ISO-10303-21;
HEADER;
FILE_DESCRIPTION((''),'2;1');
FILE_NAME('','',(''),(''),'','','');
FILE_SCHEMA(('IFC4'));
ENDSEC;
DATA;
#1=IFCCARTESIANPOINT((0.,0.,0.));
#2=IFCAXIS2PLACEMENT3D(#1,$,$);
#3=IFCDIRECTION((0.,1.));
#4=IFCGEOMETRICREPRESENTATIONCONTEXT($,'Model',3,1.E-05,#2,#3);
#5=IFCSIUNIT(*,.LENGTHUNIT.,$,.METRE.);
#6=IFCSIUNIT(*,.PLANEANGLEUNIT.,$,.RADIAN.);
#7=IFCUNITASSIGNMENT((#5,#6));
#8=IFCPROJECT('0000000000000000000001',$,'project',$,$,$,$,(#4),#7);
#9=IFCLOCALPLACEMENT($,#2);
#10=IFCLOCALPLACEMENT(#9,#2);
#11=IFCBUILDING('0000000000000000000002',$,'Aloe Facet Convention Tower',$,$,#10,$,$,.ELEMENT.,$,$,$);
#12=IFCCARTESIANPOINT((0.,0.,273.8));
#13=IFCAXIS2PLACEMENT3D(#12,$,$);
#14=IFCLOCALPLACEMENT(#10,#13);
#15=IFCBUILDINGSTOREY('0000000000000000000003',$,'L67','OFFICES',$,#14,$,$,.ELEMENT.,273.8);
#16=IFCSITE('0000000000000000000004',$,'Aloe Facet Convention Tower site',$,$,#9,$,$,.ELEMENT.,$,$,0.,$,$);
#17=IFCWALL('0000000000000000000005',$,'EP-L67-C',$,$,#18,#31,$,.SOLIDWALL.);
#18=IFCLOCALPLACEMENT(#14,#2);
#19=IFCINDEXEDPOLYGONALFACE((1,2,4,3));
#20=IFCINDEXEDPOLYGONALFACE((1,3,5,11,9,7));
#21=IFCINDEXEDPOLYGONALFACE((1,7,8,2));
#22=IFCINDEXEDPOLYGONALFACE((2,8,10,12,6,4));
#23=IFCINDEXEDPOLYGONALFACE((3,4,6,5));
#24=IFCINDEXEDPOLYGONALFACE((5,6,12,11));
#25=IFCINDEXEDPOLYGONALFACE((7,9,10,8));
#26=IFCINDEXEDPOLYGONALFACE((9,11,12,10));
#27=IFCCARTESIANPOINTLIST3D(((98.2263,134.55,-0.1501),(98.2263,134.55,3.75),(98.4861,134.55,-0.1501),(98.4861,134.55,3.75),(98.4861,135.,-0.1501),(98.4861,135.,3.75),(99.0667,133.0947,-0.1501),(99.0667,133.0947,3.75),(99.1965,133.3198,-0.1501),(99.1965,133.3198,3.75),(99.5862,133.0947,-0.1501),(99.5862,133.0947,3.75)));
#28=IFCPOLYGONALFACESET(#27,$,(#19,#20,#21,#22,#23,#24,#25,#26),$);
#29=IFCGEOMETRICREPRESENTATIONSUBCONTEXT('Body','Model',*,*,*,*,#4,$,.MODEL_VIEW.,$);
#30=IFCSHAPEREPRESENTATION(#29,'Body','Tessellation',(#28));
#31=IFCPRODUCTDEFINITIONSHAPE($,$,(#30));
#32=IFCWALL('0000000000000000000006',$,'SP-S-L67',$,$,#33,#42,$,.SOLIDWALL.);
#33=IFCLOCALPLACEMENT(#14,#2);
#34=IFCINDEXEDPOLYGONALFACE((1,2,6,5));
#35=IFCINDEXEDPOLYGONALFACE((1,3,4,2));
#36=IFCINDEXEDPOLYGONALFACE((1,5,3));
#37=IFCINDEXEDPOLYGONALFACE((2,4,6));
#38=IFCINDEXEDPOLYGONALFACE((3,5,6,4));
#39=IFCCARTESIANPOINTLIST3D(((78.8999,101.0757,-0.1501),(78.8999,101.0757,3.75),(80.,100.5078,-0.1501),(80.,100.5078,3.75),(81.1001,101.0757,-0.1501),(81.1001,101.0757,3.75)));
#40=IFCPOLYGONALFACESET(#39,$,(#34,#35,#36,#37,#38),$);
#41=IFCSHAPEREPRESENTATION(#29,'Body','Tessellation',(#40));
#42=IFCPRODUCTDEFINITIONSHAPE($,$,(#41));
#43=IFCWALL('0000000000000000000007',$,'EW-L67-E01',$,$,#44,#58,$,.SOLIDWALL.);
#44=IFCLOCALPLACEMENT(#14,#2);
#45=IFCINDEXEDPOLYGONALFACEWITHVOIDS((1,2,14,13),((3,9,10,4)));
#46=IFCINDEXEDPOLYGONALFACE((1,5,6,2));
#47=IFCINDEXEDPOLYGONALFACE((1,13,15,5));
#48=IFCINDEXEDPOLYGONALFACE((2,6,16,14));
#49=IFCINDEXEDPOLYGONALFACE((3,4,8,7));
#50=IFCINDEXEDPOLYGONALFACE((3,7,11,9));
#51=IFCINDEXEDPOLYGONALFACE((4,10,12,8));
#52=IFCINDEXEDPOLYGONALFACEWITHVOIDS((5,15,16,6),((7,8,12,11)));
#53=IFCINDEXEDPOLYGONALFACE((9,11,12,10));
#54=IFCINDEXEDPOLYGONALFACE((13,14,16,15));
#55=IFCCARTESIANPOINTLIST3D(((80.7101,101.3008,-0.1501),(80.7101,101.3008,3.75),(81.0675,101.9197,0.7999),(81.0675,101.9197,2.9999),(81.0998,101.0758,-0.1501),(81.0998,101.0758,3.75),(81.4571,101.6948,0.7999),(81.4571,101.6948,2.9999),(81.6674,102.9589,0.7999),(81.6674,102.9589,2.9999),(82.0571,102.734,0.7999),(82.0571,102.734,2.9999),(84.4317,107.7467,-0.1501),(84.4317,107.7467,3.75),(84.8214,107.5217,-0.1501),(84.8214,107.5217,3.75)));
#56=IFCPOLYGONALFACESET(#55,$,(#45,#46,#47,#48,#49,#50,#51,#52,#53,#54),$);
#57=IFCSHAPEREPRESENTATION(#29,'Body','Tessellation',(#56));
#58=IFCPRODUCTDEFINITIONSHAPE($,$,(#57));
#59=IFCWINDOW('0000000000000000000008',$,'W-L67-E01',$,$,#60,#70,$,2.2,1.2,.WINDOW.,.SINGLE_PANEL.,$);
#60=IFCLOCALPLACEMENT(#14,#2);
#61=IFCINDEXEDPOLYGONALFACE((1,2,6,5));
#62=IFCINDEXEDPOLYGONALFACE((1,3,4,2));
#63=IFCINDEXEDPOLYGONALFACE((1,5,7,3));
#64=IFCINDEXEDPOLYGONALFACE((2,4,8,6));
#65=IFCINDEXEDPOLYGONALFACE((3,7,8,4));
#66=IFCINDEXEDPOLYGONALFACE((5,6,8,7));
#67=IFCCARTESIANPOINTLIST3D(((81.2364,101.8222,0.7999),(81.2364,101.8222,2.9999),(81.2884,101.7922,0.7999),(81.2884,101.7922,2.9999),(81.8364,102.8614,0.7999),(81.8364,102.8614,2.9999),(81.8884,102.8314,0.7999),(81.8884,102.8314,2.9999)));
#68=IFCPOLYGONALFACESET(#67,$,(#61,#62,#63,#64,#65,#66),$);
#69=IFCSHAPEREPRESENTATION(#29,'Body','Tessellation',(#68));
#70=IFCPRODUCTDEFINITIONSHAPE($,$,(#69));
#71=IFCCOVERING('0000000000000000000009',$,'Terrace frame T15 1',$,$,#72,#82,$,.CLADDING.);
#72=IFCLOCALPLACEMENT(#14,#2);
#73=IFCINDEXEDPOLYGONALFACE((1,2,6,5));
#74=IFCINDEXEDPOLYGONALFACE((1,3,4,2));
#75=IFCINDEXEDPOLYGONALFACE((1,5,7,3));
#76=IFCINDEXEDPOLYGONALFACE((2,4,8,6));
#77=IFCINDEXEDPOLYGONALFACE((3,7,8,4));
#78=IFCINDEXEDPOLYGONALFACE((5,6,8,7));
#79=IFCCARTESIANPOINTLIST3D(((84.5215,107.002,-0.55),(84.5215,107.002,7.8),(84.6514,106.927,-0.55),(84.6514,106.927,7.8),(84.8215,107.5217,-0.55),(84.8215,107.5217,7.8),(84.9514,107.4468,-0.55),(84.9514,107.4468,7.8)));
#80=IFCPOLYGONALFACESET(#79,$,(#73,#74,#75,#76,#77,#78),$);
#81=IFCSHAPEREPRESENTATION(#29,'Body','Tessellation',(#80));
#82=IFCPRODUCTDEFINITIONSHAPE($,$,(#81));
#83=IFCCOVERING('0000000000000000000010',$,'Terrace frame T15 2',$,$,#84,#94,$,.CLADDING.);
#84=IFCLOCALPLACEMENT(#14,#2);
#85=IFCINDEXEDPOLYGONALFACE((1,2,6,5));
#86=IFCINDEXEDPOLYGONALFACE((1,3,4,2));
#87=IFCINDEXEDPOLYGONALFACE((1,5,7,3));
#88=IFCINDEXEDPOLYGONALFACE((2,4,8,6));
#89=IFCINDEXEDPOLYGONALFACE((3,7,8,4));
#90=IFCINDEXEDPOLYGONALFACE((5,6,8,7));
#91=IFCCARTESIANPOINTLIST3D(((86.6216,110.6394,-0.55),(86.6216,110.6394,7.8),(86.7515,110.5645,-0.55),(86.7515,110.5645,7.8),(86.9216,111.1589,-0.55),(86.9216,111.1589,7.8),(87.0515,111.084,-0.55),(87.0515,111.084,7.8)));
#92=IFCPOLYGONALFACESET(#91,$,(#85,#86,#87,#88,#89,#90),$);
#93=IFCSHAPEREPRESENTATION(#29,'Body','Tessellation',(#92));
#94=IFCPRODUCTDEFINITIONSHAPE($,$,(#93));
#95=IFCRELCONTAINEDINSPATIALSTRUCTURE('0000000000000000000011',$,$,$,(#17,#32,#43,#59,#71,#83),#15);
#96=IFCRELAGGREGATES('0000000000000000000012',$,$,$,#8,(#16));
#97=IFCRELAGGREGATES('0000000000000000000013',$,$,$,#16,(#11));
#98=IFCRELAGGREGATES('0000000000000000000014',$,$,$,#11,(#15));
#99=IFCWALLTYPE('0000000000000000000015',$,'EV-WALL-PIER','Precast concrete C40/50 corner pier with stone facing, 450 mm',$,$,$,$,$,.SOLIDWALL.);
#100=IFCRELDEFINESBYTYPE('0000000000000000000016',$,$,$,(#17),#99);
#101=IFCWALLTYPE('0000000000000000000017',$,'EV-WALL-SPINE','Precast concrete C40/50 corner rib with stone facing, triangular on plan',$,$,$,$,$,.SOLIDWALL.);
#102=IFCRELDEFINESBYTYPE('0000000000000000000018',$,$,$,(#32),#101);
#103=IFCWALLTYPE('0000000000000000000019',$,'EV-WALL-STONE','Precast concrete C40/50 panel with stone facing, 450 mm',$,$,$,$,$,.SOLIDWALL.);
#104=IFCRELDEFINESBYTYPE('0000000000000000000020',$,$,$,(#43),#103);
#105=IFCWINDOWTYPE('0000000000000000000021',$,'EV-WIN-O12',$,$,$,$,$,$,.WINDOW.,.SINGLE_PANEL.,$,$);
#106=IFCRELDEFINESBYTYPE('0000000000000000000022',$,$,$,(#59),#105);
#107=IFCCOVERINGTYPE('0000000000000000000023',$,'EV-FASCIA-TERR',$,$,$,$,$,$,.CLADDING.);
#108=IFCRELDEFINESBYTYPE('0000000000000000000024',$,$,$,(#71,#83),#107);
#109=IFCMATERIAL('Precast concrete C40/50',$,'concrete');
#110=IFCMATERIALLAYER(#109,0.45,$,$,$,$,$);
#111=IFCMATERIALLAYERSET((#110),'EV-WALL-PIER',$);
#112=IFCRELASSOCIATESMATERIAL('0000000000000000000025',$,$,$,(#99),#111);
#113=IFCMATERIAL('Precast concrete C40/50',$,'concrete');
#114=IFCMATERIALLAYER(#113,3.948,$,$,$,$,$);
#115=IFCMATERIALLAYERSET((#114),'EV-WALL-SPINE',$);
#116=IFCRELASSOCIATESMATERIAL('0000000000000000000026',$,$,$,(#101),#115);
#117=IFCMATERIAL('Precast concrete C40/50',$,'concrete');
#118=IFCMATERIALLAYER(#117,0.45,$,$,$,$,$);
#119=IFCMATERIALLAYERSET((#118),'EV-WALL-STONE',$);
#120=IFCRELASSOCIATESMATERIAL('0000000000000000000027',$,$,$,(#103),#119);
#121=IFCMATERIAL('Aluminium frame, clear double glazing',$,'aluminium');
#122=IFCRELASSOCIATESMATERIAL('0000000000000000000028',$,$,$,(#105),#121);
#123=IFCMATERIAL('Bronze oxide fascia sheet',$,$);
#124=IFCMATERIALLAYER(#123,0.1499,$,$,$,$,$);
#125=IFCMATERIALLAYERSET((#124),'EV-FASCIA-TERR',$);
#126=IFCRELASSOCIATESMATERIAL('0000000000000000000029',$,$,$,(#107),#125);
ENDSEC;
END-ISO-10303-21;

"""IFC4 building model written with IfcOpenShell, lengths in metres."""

from ifc_helpers import new_model, si_unit, direction, frame, frame_2d, origin, place, context, subcontext, project, spatial, polyline, rectangle, outline, extrude, material, layer, layer_set, type_object, element, fill, save


model = new_model("IFC4")

# Units and contexts
model_context = context("Model", 3, precision=1e-05, world=origin(), true_north=direction((0.0, 1.0)))
body_context = subcontext(model_context, "Body", "Model", "MODEL_VIEW")
ifc_project = project(units=[si_unit("LENGTHUNIT", "METRE"), si_unit("PLANEANGLEUNIT", "RADIAN")], contexts=[model_context])

# Site, building, storey
site_placement = place(None, origin())
site = spatial("IfcSite", under=ifc_project, at=site_placement, Name="Aloe Facet Convention Tower site", CompositionType="ELEMENT", RefElevation=0.0)
building_placement = place(site_placement, origin())
building = spatial("IfcBuilding", under=site, at=building_placement, Name="Aloe Facet Convention Tower", CompositionType="ELEMENT")
storey_placement = place(building_placement, frame((0.0, 0.0, 273.8)))
storey = spatial("IfcBuildingStorey", under=building, at=storey_placement, Name="L67", Description="OFFICES", CompositionType="ELEMENT", Elevation=273.8)

# Walls
ifc_material_1 = material(Name="Precast concrete C40/50", Category="concrete")
ifc_layer_1 = layer(ifc_material_1, 0.45)
ifc_layer_set_1 = layer_set([ifc_layer_1], Name="EV-WALL-PIER")
wall_type_1 = type_object("IfcWallType", Name="EV-WALL-PIER", Description="Precast concrete C40/50 corner pier with stone facing, 450 mm", PredefinedType="SOLIDWALL", material=ifc_layer_set_1)
wall_1_placement = place(storey_placement, frame((0.0, 0.0, -0.1501)))
element("IfcWall", 1, at=wall_1_placement, inside=storey, type_object=wall_type_1, Name="EP-L67-C", PredefinedType="SOLIDWALL", context=body_context, shape_type="SweptSolid", body=[
    extrude(outline(polyline([(99.5862, 133.0947), (99.1965, 133.3198), (99.0667, 133.0947), (98.2263, 134.55), (98.4861, 134.55), (98.4861, 135.0), (99.5862, 133.0947)])), origin(), (0.0, 0.0, 1.0), 3.9001),
])
ifc_material_2 = material(Name="Precast concrete C40/50", Category="concrete")
ifc_layer_2 = layer(ifc_material_2, 3.948)
ifc_layer_set_2 = layer_set([ifc_layer_2], Name="EV-WALL-SPINE")
wall_type_2 = type_object("IfcWallType", Name="EV-WALL-SPINE", Description="Precast concrete C40/50 corner rib with stone facing, triangular on plan", PredefinedType="SOLIDWALL", material=ifc_layer_set_2)
wall_2_placement = place(storey_placement, frame((0.0, 0.0, -0.1501)))
element("IfcWall", 2, at=wall_2_placement, inside=storey, type_object=wall_type_2, Name="SP-S-L67", PredefinedType="SOLIDWALL", context=body_context, shape_type="SweptSolid", body=[
    extrude(outline(polyline([(78.8999, 101.0757), (80.0, 100.5078), (81.1001, 101.0757), (78.8999, 101.0757)])), origin(), (0.0, 0.0, 1.0), 3.9001),
])

# Wall, opening, window
ifc_material_3 = material(Name="Precast concrete C40/50", Category="concrete")
ifc_layer_3 = layer(ifc_material_3, 0.45)
ifc_layer_set_3 = layer_set([ifc_layer_3], Name="EV-WALL-STONE")
wall_type_3 = type_object("IfcWallType", Name="EV-WALL-STONE", Description="Precast concrete C40/50 panel with stone facing, 450 mm", PredefinedType="SOLIDWALL", material=ifc_layer_set_3)
wall_3_placement = place(storey_placement, frame((80.905, 101.1882, -0.1501), z_axis=(0.0, 0.0, 1.0), x_axis=(0.500005, 0.866022, 0.0)))
wall_3 = element("IfcWall", 3, at=wall_3_placement, inside=storey, type_object=wall_type_3, Name="EW-L67-E01", PredefinedType="SOLIDWALL", context=body_context, shape_type="SweptSolid", body=[
    extrude(outline(polyline([(0.0, 0.0), (0.0, 3.9001), (7.4431, 3.9001), (7.4431, 0.0), (0.0, 0.0)])), frame((0.0, 0.2251, 0.0), z_axis=(0.0, -1.0, 0.0), x_axis=(1.0, 0.0, 0.0)), (0.0, 0.0, 1.0), 0.45),
])
opening_placement = place(wall_3_placement, frame((0.7146, 0.0, 0.95)))
opening = element("IfcOpeningElement", 4, at=opening_placement, cuts=wall_3, PredefinedType="OPENING", context=body_context, shape_type="SweptSolid", body=[
    extrude(rectangle(XDim=1.2, YDim=2.2, at=frame_2d((0.6001, 1.1001))), frame((0.0, 0.2349, 0.0), z_axis=(0.0, -1.0, 0.0), x_axis=(1.0, 0.0, 0.0)), (0.0, 0.0, 1.0), 0.47),
])
ifc_material_4 = material(Name="Aluminium frame, clear double glazing", Category="aluminium")
window_type = type_object("IfcWindowType", Name="EV-WIN-O12", PartitioningType="SINGLE_PANEL", PredefinedType="WINDOW", material=ifc_material_4)
window_placement = place(opening_placement, origin())
window = element("IfcWindow", 5, at=window_placement, inside=storey, type_object=window_type, Name="W-L67-E01", OverallHeight=2.2, OverallWidth=1.2, PartitioningType="SINGLE_PANEL", PredefinedType="WINDOW", context=body_context, shape_type="SweptSolid", body=[
    extrude(rectangle(XDim=1.2, YDim=2.2, at=frame_2d((0.6001, 1.1001))), frame((0.0, 0.03, 0.0), z_axis=(0.0, -1.0, 0.0), x_axis=(1.0, 0.0, 0.0)), (0.0, 0.0, 1.0), 0.0601),
])
fill(opening, window)

# Coverings
ifc_material_5 = material(Name="Bronze oxide fascia sheet")
ifc_layer_4 = layer(ifc_material_5, 0.1499)
ifc_layer_set_4 = layer_set([ifc_layer_4], Name="EV-FASCIA-TERR")
covering_type = type_object("IfcCoveringType", Name="EV-FASCIA-TERR", PredefinedType="CLADDING", material=ifc_layer_set_4)
covering_1_placement = place(storey_placement, frame((0.0, 0.0, -0.55)))
element("IfcCovering", 6, at=covering_1_placement, inside=storey, type_object=covering_type, Name="Terrace frame T15 1", PredefinedType="CLADDING", context=body_context, shape_type="SweptSolid", body=[
    extrude(outline(polyline([(84.6514, 106.927), (84.9514, 107.4468), (84.8215, 107.5217), (84.5215, 107.002), (84.6514, 106.927)])), origin(), (0.0, 0.0, 1.0), 8.3501),
])
covering_2_placement = place(storey_placement, frame((0.0, 0.0, -0.55)))
element("IfcCovering", 7, at=covering_2_placement, inside=storey, type_object=covering_type, Name="Terrace frame T15 2", PredefinedType="CLADDING", context=body_context, shape_type="SweptSolid", body=[
    extrude(outline(polyline([(86.7515, 110.5645), (87.0515, 111.084), (86.9216, 111.1589), (86.6216, 110.6394), (86.7515, 110.5645)])), origin(), (0.0, 0.0, 1.0), 8.3501),
])

save(model, "model.ifc")
